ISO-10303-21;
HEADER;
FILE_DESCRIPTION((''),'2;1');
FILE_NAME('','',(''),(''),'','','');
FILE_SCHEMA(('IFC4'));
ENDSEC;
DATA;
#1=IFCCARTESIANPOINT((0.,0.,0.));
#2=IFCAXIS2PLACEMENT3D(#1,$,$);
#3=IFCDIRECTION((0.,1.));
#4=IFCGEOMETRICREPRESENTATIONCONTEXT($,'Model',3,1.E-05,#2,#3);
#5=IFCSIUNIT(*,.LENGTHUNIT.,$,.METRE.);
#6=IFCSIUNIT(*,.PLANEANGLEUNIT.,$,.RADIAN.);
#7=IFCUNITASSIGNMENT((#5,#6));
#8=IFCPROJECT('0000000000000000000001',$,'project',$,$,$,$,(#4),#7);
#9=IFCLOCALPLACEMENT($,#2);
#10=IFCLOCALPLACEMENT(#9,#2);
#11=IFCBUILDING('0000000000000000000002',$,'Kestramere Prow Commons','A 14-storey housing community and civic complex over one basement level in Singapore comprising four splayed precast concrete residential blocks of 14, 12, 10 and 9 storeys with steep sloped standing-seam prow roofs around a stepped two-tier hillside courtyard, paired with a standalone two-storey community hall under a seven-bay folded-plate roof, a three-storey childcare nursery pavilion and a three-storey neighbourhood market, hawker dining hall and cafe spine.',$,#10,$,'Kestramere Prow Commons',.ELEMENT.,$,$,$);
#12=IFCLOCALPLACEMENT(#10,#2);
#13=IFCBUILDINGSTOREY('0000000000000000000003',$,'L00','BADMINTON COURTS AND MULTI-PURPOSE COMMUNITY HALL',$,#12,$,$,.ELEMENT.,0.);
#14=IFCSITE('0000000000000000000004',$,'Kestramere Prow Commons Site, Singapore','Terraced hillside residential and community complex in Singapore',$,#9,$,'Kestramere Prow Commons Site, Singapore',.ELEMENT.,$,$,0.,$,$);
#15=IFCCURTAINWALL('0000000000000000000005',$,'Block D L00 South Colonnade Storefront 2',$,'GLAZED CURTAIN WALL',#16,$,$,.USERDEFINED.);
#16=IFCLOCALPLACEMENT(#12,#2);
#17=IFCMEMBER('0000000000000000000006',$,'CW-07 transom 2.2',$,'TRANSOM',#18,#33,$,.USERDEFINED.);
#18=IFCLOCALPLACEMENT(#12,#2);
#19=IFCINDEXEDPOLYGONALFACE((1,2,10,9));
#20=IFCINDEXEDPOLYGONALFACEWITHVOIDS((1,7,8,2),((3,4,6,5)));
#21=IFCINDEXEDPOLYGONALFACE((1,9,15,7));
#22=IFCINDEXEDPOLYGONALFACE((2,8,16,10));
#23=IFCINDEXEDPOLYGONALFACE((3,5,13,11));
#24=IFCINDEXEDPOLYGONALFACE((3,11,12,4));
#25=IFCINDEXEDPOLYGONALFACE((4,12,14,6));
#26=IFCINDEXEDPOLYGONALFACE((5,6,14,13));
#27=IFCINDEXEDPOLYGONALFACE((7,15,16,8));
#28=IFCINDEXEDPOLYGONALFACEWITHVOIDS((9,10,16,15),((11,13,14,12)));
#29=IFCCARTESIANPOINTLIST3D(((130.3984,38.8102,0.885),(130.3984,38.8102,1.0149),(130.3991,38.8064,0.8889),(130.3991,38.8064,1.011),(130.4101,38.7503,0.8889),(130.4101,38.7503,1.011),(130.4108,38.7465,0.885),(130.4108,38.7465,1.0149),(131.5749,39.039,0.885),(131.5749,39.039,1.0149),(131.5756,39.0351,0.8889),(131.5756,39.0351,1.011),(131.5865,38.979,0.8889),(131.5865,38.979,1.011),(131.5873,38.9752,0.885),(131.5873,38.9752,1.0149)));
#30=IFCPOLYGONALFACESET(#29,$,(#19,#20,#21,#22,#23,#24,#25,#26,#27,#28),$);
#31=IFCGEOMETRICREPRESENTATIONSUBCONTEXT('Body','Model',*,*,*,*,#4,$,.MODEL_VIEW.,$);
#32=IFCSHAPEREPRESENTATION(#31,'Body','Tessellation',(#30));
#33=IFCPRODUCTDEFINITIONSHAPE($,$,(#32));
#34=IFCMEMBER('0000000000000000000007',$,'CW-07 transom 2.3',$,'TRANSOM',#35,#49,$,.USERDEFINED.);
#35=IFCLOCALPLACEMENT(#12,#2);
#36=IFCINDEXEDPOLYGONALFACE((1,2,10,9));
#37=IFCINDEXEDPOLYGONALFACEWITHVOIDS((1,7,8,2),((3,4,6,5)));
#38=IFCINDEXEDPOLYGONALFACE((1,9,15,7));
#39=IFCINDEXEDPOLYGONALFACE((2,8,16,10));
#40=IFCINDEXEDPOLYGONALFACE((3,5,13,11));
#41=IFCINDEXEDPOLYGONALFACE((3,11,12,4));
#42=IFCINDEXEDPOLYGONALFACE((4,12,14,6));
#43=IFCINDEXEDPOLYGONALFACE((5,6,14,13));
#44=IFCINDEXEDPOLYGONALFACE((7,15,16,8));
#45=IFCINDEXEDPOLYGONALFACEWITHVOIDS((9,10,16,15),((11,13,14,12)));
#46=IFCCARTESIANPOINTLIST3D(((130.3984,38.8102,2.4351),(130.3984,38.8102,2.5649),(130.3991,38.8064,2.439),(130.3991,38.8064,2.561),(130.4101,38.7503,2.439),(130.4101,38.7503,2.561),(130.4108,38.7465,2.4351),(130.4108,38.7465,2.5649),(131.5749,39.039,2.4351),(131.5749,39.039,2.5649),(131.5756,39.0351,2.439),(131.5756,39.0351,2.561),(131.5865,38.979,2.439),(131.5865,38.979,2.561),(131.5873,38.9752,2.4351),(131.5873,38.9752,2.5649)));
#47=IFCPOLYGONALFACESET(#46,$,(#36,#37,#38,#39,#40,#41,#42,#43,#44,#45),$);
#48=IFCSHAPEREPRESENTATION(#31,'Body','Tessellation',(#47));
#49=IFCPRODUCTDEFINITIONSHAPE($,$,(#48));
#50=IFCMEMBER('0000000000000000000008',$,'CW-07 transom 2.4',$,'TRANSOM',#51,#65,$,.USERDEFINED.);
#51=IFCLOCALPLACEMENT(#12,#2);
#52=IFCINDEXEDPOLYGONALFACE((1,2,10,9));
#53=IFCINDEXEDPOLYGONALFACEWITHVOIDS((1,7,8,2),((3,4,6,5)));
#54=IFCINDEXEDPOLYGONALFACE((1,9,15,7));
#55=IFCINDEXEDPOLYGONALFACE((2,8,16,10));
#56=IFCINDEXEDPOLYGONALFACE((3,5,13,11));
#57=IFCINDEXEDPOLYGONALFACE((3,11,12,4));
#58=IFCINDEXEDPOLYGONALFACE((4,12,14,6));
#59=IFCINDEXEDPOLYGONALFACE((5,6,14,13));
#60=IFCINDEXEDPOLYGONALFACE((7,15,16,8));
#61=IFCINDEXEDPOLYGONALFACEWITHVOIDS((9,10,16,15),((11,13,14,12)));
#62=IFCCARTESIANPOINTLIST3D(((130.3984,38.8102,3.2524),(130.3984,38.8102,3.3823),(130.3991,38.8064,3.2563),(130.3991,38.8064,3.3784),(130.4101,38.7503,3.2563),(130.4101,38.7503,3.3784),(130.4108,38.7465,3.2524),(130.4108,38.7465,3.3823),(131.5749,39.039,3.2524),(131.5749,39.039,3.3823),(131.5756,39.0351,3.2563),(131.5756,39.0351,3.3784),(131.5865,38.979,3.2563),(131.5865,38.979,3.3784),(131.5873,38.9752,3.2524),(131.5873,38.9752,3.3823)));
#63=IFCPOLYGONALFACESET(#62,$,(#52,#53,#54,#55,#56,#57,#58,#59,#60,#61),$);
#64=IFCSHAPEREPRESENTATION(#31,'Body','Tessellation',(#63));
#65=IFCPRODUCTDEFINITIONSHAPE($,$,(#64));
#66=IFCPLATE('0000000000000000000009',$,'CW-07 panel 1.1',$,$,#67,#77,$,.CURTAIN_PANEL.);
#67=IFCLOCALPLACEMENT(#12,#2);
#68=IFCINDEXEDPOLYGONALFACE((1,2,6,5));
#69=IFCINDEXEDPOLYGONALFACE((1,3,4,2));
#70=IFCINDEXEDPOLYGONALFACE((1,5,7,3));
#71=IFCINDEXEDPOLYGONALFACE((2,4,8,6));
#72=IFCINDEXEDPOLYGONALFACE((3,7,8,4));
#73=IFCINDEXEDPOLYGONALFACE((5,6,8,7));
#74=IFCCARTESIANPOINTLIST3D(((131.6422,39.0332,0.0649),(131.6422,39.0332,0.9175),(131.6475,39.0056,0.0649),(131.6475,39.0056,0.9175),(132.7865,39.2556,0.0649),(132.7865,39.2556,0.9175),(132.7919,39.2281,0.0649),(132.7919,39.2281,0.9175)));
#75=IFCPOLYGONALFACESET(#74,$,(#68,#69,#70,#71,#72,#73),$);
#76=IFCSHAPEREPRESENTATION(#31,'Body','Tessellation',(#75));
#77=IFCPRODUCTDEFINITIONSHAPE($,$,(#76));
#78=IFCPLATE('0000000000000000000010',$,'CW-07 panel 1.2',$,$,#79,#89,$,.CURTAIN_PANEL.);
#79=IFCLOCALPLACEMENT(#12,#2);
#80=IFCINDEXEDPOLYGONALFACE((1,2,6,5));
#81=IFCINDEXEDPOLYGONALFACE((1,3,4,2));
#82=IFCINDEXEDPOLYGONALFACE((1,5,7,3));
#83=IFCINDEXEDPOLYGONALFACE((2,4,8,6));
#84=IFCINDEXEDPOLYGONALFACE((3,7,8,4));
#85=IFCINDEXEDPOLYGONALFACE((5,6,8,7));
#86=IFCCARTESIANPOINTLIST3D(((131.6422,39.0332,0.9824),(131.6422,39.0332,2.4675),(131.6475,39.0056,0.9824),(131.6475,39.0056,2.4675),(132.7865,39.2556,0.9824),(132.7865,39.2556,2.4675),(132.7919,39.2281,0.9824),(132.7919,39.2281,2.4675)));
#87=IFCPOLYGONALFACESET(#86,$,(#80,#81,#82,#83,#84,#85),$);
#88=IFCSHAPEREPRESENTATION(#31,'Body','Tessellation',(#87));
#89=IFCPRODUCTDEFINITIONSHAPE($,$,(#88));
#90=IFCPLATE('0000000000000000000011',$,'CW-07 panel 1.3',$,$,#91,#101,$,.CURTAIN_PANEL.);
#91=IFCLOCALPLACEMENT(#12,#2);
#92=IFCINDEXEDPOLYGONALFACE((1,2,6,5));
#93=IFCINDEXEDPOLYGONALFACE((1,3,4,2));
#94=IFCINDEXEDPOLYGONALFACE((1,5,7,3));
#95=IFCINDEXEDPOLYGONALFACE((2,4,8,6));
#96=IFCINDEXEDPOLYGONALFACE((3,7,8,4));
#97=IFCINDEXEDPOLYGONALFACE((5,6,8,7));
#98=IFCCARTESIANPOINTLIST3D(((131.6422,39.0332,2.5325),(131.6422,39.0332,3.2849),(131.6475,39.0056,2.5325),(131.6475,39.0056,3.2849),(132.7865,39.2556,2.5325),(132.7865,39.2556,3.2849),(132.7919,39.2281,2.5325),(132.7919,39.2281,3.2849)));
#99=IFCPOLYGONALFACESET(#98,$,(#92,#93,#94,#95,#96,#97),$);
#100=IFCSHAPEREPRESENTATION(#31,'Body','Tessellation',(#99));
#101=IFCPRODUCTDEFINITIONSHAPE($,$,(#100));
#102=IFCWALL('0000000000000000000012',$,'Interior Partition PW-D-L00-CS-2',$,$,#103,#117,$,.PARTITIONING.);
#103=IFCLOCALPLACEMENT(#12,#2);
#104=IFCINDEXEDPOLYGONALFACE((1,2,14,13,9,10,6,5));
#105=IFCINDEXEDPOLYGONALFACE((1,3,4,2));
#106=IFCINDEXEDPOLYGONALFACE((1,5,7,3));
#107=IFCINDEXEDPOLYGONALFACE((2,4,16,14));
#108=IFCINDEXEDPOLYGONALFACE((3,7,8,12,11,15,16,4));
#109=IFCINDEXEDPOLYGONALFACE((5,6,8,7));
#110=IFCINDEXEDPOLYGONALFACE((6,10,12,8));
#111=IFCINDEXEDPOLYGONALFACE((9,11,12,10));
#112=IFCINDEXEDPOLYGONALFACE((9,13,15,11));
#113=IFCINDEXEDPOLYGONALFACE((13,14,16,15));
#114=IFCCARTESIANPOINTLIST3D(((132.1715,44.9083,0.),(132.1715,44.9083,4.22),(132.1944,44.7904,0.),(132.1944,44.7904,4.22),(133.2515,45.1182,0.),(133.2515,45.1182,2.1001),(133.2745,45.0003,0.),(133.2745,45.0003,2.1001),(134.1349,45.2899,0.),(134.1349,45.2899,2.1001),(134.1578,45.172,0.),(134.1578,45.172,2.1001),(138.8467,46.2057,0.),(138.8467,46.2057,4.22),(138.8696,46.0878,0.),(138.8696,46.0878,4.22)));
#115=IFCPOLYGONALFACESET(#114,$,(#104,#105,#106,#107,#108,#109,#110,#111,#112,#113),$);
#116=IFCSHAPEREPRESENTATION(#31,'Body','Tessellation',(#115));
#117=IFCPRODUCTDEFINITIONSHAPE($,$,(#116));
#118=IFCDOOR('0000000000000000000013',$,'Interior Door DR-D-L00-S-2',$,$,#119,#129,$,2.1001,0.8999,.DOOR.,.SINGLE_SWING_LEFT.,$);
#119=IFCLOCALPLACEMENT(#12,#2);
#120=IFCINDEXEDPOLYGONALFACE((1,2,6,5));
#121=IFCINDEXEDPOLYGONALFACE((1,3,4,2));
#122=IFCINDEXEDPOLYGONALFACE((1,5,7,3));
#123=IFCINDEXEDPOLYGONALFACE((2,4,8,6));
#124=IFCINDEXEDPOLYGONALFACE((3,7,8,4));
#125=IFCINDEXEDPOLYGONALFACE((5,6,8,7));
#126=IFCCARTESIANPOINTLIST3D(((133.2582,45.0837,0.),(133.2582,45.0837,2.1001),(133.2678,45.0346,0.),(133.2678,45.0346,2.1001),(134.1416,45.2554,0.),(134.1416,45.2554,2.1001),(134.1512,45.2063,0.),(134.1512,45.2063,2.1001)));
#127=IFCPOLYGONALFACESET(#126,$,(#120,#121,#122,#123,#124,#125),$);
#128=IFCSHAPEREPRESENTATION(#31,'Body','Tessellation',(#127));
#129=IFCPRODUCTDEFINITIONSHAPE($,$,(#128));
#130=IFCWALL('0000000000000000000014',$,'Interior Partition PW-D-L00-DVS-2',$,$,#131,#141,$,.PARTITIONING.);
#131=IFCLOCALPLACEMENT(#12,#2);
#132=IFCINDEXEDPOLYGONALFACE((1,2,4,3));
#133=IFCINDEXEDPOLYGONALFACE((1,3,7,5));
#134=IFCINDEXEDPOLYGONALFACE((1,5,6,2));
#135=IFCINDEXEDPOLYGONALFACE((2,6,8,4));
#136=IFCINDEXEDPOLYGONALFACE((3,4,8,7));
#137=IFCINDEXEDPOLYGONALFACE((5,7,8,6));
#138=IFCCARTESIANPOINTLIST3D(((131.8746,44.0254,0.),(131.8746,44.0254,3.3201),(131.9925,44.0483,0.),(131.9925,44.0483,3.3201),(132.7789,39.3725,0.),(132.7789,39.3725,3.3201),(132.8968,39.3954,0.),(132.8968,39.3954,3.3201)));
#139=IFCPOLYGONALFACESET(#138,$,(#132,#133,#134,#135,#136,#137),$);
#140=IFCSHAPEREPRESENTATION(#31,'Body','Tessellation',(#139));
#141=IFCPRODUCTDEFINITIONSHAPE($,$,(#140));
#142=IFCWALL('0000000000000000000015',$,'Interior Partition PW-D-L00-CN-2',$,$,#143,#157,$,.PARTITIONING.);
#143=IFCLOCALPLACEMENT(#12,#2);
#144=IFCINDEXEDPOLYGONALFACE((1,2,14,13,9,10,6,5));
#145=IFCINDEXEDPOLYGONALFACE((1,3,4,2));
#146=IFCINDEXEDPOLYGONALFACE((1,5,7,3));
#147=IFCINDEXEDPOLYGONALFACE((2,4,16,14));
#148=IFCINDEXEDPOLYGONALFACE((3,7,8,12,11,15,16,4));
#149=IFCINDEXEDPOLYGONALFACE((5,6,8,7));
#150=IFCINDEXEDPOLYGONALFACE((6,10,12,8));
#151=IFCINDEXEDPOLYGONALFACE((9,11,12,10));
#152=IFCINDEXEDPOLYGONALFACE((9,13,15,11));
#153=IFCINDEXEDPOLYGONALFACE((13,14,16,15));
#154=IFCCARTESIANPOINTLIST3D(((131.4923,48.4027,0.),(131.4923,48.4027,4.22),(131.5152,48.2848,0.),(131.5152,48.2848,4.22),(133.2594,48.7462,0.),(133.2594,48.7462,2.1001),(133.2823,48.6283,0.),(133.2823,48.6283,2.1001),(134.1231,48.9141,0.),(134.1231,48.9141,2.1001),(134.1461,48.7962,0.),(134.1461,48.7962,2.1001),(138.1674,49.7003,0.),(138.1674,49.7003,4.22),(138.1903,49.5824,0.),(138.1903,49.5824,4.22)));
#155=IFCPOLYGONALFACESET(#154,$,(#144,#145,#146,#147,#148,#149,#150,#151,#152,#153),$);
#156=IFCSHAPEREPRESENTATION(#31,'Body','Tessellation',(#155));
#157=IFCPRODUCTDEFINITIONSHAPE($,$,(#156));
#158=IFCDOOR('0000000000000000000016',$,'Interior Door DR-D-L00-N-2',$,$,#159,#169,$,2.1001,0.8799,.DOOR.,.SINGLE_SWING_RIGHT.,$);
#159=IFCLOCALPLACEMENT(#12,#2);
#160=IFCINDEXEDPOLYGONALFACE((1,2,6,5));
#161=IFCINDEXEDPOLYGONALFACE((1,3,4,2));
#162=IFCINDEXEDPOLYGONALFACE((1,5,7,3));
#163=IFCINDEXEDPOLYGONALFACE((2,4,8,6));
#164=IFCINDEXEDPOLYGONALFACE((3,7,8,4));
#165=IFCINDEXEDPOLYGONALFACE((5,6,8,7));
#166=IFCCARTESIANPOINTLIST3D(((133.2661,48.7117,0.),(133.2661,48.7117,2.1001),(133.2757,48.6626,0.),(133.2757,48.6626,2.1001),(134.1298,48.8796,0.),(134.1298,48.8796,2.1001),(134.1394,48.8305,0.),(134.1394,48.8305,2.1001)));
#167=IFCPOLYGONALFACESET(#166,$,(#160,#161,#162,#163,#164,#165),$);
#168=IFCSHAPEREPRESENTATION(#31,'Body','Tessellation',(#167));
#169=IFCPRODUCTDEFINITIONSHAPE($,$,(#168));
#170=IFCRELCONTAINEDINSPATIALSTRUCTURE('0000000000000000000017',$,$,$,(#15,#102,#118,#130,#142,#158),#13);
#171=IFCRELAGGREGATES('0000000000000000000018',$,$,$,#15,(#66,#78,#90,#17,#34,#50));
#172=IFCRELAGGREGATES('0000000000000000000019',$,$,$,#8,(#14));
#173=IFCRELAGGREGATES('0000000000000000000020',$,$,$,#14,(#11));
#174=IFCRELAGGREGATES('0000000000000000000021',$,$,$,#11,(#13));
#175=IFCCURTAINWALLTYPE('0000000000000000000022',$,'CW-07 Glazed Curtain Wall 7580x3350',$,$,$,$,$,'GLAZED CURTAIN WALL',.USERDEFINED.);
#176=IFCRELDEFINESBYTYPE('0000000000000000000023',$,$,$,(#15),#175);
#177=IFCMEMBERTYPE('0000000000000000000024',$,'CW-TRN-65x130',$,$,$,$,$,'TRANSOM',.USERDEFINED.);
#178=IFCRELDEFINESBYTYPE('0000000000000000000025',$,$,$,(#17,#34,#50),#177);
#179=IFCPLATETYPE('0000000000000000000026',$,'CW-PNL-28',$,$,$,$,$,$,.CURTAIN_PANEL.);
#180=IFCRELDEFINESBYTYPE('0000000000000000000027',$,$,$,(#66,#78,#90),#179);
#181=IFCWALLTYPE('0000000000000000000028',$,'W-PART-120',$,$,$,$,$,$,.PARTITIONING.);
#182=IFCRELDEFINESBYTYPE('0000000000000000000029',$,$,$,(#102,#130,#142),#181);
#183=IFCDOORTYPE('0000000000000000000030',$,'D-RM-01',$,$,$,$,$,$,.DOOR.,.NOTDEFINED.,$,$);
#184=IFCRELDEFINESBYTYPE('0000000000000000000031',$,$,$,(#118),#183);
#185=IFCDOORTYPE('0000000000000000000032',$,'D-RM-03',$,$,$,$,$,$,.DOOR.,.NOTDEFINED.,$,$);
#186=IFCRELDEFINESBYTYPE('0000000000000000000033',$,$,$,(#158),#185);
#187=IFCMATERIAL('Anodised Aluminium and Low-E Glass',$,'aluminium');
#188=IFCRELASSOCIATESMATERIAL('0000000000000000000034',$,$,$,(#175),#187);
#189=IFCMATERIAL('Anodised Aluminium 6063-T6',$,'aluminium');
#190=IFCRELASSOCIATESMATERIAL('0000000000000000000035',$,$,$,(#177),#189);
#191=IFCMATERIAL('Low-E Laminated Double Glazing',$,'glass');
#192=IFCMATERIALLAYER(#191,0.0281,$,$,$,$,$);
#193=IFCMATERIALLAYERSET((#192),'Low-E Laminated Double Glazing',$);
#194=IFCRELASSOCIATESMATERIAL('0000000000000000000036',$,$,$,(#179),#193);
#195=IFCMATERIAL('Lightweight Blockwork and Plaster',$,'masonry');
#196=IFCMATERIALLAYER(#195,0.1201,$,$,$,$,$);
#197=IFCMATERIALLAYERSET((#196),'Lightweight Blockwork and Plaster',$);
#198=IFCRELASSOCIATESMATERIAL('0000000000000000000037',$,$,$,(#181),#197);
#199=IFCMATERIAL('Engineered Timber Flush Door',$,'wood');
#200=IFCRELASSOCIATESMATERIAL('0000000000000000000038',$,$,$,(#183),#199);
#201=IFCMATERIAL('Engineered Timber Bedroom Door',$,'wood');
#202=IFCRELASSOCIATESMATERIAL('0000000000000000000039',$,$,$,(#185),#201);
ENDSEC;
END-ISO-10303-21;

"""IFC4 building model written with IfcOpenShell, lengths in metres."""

from ifc_helpers import new_model, si_unit, direction, frame, frame_2d, origin, origin_2d, place, context, subcontext, project, spatial, rectangle, hollow_rectangle, extrude, material, layer, layer_set, material_profile, profile_set, type_object, element, fill, aggregate, save


model = new_model("IFC4")

# Units and contexts
model_context = context("Model", 3, precision=1e-05, world=origin(), true_north=direction((0.0, 1.0)))
body_context = subcontext(model_context, "Body", "Model", "MODEL_VIEW")
ifc_project = project(units=[si_unit("LENGTHUNIT", "METRE"), si_unit("PLANEANGLEUNIT", "RADIAN")], contexts=[model_context])

# Site, building, storey
site_placement = place(None, origin())
site = spatial("IfcSite", under=ifc_project, at=site_placement, Name="Kestramere Prow Commons Site, Singapore", Description="Terraced hillside residential and community complex in Singapore", LongName="Kestramere Prow Commons Site, Singapore", CompositionType="ELEMENT", RefElevation=0.0)
building_placement = place(site_placement, origin())
building = spatial("IfcBuilding", under=site, at=building_placement, Name="Kestramere Prow Commons", Description="A 14-storey housing community and civic complex over one basement level in Singapore comprising four splayed precast concrete residential blocks of 14, 12, 10 and 9 storeys with steep sloped standing-seam prow roofs around a stepped two-tier hillside courtyard, paired with a standalone two-storey community hall under a seven-bay folded-plate roof, a three-storey childcare nursery pavilion and a three-storey neighbourhood market, hawker dining hall and cafe spine.", LongName="Kestramere Prow Commons", CompositionType="ELEMENT")
storey_placement = place(building_placement, origin())
storey = spatial("IfcBuildingStorey", under=building, at=storey_placement, Name="L00", Description="BADMINTON COURTS AND MULTI-PURPOSE COMMUNITY HALL", CompositionType="ELEMENT", Elevation=0.0)

# Curtain wall, members, plates
ifc_material_1 = material(Name="Anodised Aluminium and Low-E Glass", Category="aluminium")
curtain_wall_type = type_object("IfcCurtainWallType", Name="CW-07 Glazed Curtain Wall 7580x3350", ElementType="GLAZED CURTAIN WALL", PredefinedType="USERDEFINED", material=ifc_material_1)
curtain_wall_placement = place(storey_placement, origin())
curtain_wall = element("IfcCurtainWall", 1, at=curtain_wall_placement, inside=storey, type_object=curtain_wall_type, Name="Block D L00 South Colonnade Storefront 2", ObjectType="GLAZED CURTAIN WALL", PredefinedType="USERDEFINED")
ifc_material_2 = material(Name="Anodised Aluminium 6063-T6", Category="aluminium")
ifc_material_profile_1 = material_profile(ifc_material_2, hollow_rectangle(XDim=0.0649, YDim=0.1299, WallThickness=0.0039, at=origin_2d()), Name="ALU-TRN 65x130")
ifc_profile_set_1 = profile_set([ifc_material_profile_1], Name="Anodised Aluminium 6063-T6")
member_type_1 = type_object("IfcMemberType", Name="CW-TRN-65x130", ElementType="TRANSOM", PredefinedType="USERDEFINED", material=ifc_profile_set_1)
member_1_placement = place(storey_placement, frame((131.5811, 39.0071, 0.95), z_axis=(-0.981616, -0.190864, 0.0), x_axis=(0.190864, -0.981616, 0.0)))
member_1 = element("IfcMember", 2, at=member_1_placement, type_object=member_type_1, Name="CW-07 transom 2.2", ObjectType="TRANSOM", PredefinedType="USERDEFINED", context=body_context, shape_type="SweptSolid", body=[
    extrude(hollow_rectangle(XDim=0.0649, YDim=0.1299, WallThickness=0.0039, at=origin_2d()), origin(), (0.0, 0.0, 1.0), 1.1985),
])
member_2_placement = place(storey_placement, frame((131.5811, 39.0071, 2.5), z_axis=(-0.981616, -0.190864, 0.0), x_axis=(0.190864, -0.981616, 0.0)))
member_2 = element("IfcMember", 3, at=member_2_placement, type_object=member_type_1, Name="CW-07 transom 2.3", ObjectType="TRANSOM", PredefinedType="USERDEFINED", context=body_context, shape_type="SweptSolid", body=[
    extrude(hollow_rectangle(XDim=0.0649, YDim=0.1299, WallThickness=0.0039, at=origin_2d()), origin(), (0.0, 0.0, 1.0), 1.1985),
])
member_3_placement = place(storey_placement, frame((131.5811, 39.0071, 3.3174), z_axis=(-0.981616, -0.190864, 0.0), x_axis=(0.190864, -0.981616, 0.0)))
member_3 = element("IfcMember", 4, at=member_3_placement, type_object=member_type_1, Name="CW-07 transom 2.4", ObjectType="TRANSOM", PredefinedType="USERDEFINED", context=body_context, shape_type="SweptSolid", body=[
    extrude(hollow_rectangle(XDim=0.0649, YDim=0.1299, WallThickness=0.0039, at=origin_2d()), origin(), (0.0, 0.0, 1.0), 1.1985),
])
ifc_material_3 = material(Name="Low-E Laminated Double Glazing", Category="glass")
ifc_layer_1 = layer(ifc_material_3, 0.0281)
ifc_layer_set_1 = layer_set([ifc_layer_1], Name="Low-E Laminated Double Glazing")
plate_type = type_object("IfcPlateType", Name="CW-PNL-28", PredefinedType="CURTAIN_PANEL", material=ifc_layer_set_1)
plate_1_placement = place(storey_placement, frame((132.217, 39.1306, 0.0649), z_axis=(0.0, 0.0, 1.0), x_axis=(-0.981627, -0.190809, 0.0)))
plate_1 = element("IfcPlate", 5, at=plate_1_placement, type_object=plate_type, Name="CW-07 panel 1.1", PredefinedType="CURTAIN_PANEL", context=body_context, shape_type="SweptSolid", body=[
    extrude(rectangle(XDim=1.1658, YDim=0.0281, at=origin_2d()), origin(), (0.0, 0.0, 1.0), 0.8525),
])
plate_2_placement = place(storey_placement, frame((132.217, 39.1306, 0.9824), z_axis=(0.0, 0.0, 1.0), x_axis=(-0.981627, -0.190809, 0.0)))
plate_2 = element("IfcPlate", 6, at=plate_2_placement, type_object=plate_type, Name="CW-07 panel 1.2", PredefinedType="CURTAIN_PANEL", context=body_context, shape_type="SweptSolid", body=[
    extrude(rectangle(XDim=1.1658, YDim=0.0281, at=origin_2d()), origin(), (0.0, 0.0, 1.0), 1.4851),
])
plate_3_placement = place(storey_placement, frame((132.217, 39.1306, 2.5325), z_axis=(0.0, 0.0, 1.0), x_axis=(-0.981627, -0.190809, 0.0)))
plate_3 = element("IfcPlate", 7, at=plate_3_placement, type_object=plate_type, Name="CW-07 panel 1.3", PredefinedType="CURTAIN_PANEL", context=body_context, shape_type="SweptSolid", body=[
    extrude(rectangle(XDim=1.1658, YDim=0.0281, at=origin_2d()), origin(), (0.0, 0.0, 1.0), 0.7524),
])
aggregate(curtain_wall, [plate_1, plate_2, plate_3, member_1, member_2, member_3])

# Wall, opening, door
ifc_material_4 = material(Name="Lightweight Blockwork and Plaster", Category="masonry")
ifc_layer_2 = layer(ifc_material_4, 0.1201)
ifc_layer_set_2 = layer_set([ifc_layer_2], Name="Lightweight Blockwork and Plaster")
wall_type = type_object("IfcWallType", Name="W-PART-120", PredefinedType="PARTITIONING", material=ifc_layer_set_2)
wall_1_placement = place(storey_placement, frame((132.1831, 44.8494, 0.0), z_axis=(0.0, 0.0, 1.0), x_axis=(0.981631, 0.19079, 0.0)))
wall_1 = element("IfcWall", 8, at=wall_1_placement, inside=storey, type_object=wall_type, Name="Interior Partition PW-D-L00-CS-2", PredefinedType="PARTITIONING", context=body_context, shape_type="SweptSolid", body=[
    extrude(rectangle(XDim=6.8, YDim=0.1201, at=frame_2d((3.3999, 0.0))), origin(), (0.0, 0.0, 1.0), 4.22),
])
opening_1_placement = place(wall_1_placement, frame((1.1001, 0.0, 0.0)))
opening_1 = element("IfcOpeningElement", 9, at=opening_1_placement, cuts=wall_1, PredefinedType="OPENING", context=body_context, shape_type="SweptSolid", body=[
    extrude(rectangle(XDim=0.8999, YDim=2.1001, at=frame_2d((0.45, 1.05))), frame((0.0, 0.075, 0.0), z_axis=(0.0, -1.0, 0.0), x_axis=(1.0, 0.0, 0.0)), (0.0, 0.0, 1.0), 0.1501),
])
ifc_material_5 = material(Name="Engineered Timber Flush Door", Category="wood")
door_type_1 = type_object("IfcDoorType", Name="D-RM-01", OperationType="NOTDEFINED", PredefinedType="DOOR", material=ifc_material_5)
door_1_placement = place(opening_1_placement, origin())
door_1 = element("IfcDoor", 10, at=door_1_placement, inside=storey, type_object=door_type_1, Name="Interior Door DR-D-L00-S-2", OperationType="SINGLE_SWING_LEFT", OverallHeight=2.1001, OverallWidth=0.8999, PredefinedType="DOOR", context=body_context, shape_type="SweptSolid", body=[
    extrude(rectangle(XDim=0.8999, YDim=2.1001, at=frame_2d((0.45, 1.05))), frame((0.0, 0.0249, 0.0), z_axis=(0.0, -1.0, 0.0), x_axis=(1.0, 0.0, 0.0)), (0.0, 0.0, 1.0), 0.05),
])
fill(opening_1, door_1)

# Wall
wall_2_placement = place(storey_placement, frame((132.8379, 39.3838, 0.0), z_axis=(0.0, 0.0, 1.0), x_axis=(-0.190784, 0.981632, 0.0)))
element("IfcWall", 11, at=wall_2_placement, inside=storey, type_object=wall_type, Name="Interior Partition PW-D-L00-DVS-2", PredefinedType="PARTITIONING", context=body_context, shape_type="SweptSolid", body=[
    extrude(rectangle(XDim=4.74, YDim=0.1201, at=frame_2d((2.3701, 0.0))), origin(), (0.0, 0.0, 1.0), 3.3201),
])

# Wall, opening, door
wall_3_placement = place(storey_placement, frame((131.5039, 48.3438, 0.0), z_axis=(0.0, 0.0, 1.0), x_axis=(0.981624, 0.190824, 0.0)))
wall_3 = element("IfcWall", 12, at=wall_3_placement, inside=storey, type_object=wall_type, Name="Interior Partition PW-D-L00-CN-2", PredefinedType="PARTITIONING", context=body_context, shape_type="SweptSolid", body=[
    extrude(rectangle(XDim=6.8, YDim=0.1201, at=frame_2d((3.3999, 0.0))), origin(), (0.0, 0.0, 1.0), 4.22),
])
opening_2_placement = place(wall_3_placement, frame((1.8, 0.0, 0.0)))
opening_2 = element("IfcOpeningElement", 13, at=opening_2_placement, cuts=wall_3, PredefinedType="OPENING", context=body_context, shape_type="SweptSolid", body=[
    extrude(rectangle(XDim=0.8799, YDim=2.1001, at=frame_2d((0.4399, 1.05))), frame((0.0, 0.075, 0.0), z_axis=(0.0, -1.0, 0.0), x_axis=(1.0, 0.0, 0.0)), (0.0, 0.0, 1.0), 0.1501),
])
ifc_material_6 = material(Name="Engineered Timber Bedroom Door", Category="wood")
door_type_2 = type_object("IfcDoorType", Name="D-RM-03", OperationType="NOTDEFINED", PredefinedType="DOOR", material=ifc_material_6)
door_2_placement = place(opening_2_placement, origin())
door_2 = element("IfcDoor", 14, at=door_2_placement, inside=storey, type_object=door_type_2, Name="Interior Door DR-D-L00-N-2", OperationType="SINGLE_SWING_RIGHT", OverallHeight=2.1001, OverallWidth=0.8799, PredefinedType="DOOR", context=body_context, shape_type="SweptSolid", body=[
    extrude(rectangle(XDim=0.8799, YDim=2.1001, at=frame_2d((0.4399, 1.05))), frame((0.0, 0.0249, 0.0), z_axis=(0.0, -1.0, 0.0), x_axis=(1.0, 0.0, 0.0)), (0.0, 0.0, 1.0), 0.05),
])
fill(opening_2, door_2)

save(model, "model.ifc")
